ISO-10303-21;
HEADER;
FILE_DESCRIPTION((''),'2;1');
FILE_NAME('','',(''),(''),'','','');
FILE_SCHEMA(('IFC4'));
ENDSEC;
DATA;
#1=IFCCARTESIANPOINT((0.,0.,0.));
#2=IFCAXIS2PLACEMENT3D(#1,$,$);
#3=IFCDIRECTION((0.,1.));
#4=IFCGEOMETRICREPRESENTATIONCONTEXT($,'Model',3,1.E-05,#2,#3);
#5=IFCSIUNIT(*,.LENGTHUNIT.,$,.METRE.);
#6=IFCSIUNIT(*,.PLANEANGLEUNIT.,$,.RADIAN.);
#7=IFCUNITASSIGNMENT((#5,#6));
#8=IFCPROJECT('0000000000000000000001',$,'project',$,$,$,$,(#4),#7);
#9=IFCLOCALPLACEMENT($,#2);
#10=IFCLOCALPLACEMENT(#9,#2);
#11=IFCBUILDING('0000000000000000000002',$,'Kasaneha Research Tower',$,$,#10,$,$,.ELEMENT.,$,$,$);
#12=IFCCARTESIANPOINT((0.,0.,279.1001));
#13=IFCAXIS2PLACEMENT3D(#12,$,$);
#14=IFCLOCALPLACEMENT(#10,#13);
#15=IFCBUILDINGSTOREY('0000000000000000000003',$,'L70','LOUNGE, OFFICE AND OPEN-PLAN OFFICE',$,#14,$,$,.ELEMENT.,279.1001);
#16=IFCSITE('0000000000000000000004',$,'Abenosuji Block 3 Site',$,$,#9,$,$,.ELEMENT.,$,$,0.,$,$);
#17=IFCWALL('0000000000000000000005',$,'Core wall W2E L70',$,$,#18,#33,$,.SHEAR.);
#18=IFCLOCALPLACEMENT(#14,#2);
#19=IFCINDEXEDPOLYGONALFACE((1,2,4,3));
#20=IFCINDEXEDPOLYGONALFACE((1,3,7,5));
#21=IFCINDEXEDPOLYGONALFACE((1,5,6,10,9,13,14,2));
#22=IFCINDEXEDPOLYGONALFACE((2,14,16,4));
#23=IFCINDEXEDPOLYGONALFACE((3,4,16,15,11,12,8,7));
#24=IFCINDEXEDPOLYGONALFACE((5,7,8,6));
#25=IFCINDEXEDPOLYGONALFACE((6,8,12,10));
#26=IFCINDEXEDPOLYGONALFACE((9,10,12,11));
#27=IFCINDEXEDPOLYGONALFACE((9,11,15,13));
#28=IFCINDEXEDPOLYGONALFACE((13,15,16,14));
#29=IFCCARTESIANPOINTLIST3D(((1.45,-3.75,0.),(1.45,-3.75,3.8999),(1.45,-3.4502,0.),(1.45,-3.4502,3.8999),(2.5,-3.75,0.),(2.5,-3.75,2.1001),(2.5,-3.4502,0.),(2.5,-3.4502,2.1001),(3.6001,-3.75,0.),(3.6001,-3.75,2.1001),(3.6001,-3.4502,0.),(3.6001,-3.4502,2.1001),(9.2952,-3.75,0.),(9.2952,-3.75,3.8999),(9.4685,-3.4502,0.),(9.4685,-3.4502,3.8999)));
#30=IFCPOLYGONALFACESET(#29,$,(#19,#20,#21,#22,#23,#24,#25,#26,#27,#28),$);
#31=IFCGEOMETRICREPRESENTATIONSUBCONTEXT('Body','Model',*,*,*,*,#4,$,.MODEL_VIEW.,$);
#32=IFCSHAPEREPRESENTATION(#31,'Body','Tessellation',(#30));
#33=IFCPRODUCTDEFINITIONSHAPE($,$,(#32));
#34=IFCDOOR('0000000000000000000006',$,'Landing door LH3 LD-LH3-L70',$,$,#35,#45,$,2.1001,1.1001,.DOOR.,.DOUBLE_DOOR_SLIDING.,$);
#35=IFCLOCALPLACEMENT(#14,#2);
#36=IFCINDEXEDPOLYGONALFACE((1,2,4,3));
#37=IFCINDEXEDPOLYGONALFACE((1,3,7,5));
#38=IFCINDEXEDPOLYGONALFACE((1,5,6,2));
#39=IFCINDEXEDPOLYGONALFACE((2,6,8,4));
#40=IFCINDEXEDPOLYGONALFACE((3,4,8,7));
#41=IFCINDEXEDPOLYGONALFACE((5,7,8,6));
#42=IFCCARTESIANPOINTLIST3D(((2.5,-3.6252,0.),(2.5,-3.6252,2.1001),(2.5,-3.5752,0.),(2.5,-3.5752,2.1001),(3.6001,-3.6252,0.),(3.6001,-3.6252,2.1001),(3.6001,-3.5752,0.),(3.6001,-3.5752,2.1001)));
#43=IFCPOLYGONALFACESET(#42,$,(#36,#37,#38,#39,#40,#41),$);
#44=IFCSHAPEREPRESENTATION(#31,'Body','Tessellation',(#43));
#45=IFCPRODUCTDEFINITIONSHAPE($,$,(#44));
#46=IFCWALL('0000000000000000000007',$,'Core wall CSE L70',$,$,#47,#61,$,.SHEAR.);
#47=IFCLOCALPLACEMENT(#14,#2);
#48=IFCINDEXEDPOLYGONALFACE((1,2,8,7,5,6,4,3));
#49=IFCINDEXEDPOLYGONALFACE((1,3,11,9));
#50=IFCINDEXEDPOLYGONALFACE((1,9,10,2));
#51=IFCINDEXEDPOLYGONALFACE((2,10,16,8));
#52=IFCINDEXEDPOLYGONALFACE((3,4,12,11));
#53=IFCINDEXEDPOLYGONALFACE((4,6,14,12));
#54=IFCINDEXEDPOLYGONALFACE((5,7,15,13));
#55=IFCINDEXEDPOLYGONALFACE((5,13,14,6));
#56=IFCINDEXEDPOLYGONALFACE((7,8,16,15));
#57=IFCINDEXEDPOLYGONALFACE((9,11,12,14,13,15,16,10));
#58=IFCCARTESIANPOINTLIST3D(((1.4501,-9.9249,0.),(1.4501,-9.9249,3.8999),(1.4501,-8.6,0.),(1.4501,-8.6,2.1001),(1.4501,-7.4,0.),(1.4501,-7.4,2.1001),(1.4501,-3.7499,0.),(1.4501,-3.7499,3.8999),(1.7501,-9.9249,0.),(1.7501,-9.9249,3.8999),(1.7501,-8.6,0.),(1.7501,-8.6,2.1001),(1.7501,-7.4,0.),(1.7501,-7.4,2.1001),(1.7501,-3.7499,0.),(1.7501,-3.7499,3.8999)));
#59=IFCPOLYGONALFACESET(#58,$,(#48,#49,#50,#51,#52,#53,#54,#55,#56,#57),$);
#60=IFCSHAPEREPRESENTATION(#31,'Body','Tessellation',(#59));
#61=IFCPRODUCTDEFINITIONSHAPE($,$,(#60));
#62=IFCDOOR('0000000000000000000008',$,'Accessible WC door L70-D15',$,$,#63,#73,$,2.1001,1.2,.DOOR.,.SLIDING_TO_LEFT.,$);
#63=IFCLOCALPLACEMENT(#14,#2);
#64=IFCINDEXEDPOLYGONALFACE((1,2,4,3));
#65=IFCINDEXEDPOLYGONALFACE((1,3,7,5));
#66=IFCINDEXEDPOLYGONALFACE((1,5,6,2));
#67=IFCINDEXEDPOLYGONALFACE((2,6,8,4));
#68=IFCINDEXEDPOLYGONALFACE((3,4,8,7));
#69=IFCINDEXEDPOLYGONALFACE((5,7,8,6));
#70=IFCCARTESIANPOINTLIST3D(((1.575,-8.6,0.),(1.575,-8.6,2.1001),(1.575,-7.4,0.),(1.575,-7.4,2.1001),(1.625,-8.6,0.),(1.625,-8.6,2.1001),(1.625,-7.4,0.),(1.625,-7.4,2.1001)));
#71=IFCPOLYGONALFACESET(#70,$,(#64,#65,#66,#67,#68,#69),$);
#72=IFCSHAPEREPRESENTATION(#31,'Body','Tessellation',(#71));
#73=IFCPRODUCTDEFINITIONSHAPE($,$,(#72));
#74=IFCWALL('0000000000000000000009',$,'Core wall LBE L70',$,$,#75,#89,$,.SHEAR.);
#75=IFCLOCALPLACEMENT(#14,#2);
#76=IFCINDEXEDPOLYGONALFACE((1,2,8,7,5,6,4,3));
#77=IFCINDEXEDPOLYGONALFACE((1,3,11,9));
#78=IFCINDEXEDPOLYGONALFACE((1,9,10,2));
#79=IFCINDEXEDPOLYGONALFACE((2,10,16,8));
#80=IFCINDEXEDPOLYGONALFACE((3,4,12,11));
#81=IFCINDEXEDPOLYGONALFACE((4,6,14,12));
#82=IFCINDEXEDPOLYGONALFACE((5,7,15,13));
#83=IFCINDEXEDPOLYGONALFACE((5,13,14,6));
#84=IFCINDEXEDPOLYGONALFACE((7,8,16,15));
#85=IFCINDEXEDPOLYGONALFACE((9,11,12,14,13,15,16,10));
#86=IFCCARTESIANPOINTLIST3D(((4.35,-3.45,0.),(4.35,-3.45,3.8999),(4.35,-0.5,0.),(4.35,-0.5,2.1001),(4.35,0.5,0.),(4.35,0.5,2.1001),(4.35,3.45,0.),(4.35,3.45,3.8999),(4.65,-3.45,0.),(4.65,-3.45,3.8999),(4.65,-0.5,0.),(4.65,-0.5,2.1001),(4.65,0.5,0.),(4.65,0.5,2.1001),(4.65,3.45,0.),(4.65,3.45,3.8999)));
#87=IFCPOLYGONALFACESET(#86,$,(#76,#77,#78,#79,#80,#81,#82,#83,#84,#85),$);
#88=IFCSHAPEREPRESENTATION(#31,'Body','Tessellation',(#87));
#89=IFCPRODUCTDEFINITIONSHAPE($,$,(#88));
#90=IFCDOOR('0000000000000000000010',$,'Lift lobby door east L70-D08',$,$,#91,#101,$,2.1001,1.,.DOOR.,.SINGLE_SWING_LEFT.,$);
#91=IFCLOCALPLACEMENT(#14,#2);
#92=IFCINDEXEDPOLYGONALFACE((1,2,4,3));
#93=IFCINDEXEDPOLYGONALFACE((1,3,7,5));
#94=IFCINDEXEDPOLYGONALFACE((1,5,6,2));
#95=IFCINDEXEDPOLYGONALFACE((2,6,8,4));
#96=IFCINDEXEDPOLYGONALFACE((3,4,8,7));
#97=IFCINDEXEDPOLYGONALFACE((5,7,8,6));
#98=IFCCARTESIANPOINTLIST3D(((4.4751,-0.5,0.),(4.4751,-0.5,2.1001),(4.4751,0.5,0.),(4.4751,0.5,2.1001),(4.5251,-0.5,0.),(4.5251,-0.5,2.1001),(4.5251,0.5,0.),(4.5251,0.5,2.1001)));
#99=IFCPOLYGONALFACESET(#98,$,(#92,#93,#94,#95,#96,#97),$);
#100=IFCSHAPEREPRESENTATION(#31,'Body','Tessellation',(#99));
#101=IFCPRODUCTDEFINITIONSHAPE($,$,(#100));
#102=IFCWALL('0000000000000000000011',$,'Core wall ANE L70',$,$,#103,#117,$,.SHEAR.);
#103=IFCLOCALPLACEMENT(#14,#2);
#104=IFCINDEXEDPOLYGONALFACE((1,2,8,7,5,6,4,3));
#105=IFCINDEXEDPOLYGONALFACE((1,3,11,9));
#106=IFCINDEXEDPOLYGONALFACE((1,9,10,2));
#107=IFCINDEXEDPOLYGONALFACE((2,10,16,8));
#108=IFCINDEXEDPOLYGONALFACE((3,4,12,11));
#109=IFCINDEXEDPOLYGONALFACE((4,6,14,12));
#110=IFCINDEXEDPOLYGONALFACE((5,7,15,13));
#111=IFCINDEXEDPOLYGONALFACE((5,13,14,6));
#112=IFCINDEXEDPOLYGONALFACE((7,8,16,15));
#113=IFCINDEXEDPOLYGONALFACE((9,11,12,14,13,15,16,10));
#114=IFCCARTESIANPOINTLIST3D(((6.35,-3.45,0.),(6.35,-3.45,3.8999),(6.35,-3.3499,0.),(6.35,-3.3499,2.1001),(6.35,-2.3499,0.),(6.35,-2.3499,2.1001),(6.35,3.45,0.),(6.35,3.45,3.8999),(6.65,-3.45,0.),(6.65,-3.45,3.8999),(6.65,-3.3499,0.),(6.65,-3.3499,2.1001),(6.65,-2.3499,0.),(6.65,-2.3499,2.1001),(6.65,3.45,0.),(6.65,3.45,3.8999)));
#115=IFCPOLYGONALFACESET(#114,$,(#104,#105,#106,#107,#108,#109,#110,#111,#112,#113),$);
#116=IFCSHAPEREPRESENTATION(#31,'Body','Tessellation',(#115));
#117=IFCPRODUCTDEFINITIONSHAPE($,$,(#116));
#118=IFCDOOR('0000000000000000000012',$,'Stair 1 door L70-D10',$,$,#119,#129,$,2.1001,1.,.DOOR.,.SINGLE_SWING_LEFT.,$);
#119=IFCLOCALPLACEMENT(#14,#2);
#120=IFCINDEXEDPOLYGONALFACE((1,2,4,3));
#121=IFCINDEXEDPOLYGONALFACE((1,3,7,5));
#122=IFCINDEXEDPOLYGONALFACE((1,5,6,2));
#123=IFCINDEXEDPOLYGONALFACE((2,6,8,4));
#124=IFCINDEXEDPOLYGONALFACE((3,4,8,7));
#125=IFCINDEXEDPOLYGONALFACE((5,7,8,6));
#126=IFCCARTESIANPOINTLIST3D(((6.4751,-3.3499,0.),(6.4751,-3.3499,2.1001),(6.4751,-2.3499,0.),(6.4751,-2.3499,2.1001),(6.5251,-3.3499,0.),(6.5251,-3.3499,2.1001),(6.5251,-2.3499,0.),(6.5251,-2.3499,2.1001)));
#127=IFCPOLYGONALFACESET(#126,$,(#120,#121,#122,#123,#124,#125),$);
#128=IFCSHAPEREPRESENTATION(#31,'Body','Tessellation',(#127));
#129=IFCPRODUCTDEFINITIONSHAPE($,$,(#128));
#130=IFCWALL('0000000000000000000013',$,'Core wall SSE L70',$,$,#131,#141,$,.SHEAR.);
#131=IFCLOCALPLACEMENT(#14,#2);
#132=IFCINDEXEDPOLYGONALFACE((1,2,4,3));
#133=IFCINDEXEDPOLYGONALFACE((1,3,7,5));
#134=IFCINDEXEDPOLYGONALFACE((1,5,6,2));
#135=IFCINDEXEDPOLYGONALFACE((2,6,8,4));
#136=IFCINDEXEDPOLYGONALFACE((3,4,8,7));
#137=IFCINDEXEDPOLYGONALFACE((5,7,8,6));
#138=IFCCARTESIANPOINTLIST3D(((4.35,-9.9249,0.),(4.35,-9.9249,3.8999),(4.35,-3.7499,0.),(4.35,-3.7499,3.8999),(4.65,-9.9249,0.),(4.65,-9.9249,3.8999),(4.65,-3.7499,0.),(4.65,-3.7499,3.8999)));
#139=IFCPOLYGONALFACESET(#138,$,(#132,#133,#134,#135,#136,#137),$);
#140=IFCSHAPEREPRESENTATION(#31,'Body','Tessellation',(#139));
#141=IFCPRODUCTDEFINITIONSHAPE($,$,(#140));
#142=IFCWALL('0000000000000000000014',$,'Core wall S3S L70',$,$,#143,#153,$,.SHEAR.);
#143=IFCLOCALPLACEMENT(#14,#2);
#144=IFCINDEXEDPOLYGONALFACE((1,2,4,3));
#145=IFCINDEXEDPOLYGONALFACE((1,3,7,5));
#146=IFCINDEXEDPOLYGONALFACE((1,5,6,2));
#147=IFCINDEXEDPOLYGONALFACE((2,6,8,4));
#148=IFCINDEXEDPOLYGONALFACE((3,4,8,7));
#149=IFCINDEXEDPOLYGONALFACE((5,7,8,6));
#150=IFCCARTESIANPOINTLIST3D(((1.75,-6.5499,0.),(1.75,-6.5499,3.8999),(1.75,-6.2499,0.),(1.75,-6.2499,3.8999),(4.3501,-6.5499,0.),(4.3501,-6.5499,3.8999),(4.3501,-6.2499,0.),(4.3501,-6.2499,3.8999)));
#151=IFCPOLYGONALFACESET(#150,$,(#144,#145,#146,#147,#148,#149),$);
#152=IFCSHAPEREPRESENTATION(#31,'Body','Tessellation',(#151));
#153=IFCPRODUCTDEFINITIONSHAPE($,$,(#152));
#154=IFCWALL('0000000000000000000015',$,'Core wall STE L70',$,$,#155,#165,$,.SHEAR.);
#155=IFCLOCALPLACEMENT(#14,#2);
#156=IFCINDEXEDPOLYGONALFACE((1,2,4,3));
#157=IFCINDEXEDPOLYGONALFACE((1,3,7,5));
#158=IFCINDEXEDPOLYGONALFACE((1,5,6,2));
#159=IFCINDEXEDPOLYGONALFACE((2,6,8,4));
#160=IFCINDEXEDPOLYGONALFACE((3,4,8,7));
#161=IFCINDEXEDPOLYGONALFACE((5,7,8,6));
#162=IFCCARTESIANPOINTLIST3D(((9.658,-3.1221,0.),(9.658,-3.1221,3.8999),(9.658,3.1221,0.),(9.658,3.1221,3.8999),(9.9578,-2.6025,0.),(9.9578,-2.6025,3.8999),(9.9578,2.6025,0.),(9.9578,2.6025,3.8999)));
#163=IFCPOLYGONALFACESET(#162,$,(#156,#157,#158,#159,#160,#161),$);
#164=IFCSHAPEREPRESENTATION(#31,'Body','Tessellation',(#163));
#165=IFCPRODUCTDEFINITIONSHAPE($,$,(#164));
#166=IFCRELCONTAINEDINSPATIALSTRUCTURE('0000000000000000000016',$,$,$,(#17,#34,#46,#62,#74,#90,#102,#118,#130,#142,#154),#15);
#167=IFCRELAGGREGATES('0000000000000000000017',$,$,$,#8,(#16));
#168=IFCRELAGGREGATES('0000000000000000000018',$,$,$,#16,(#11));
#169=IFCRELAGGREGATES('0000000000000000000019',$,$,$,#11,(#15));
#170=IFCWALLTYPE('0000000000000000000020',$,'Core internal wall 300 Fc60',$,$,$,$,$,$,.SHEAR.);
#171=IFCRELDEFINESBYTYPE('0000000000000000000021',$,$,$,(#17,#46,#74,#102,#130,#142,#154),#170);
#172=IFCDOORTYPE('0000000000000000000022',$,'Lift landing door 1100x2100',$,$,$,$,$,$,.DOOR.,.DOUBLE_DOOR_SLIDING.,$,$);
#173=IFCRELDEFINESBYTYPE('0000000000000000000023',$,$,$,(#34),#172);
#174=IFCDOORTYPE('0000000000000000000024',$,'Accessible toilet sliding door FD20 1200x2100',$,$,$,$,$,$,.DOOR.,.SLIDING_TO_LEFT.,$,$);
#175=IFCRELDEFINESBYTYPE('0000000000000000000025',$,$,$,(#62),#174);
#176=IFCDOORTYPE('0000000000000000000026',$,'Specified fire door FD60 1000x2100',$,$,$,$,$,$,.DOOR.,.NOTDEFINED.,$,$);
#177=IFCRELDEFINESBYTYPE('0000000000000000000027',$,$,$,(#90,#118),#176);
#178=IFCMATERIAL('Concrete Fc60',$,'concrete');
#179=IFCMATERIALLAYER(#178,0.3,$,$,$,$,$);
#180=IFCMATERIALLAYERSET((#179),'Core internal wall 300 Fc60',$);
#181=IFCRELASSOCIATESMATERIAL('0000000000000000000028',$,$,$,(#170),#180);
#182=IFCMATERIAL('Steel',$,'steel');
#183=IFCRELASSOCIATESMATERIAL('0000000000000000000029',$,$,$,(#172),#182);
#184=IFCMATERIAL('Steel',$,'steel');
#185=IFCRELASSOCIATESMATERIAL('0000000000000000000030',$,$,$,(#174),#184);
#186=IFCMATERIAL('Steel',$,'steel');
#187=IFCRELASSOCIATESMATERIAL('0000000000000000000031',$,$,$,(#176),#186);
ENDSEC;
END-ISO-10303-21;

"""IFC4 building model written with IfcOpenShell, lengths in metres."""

from ifc_helpers import new_model, si_unit, direction, frame, frame_2d, origin, place, context, subcontext, project, spatial, polyline, rectangle, outline, extrude, material, layer, layer_set, type_object, element, fill, save


model = new_model("IFC4")

# Units and contexts
model_context = context("Model", 3, precision=1e-05, world=origin(), true_north=direction((0.0, 1.0)))
body_context = subcontext(model_context, "Body", "Model", "MODEL_VIEW")
ifc_project = project(units=[si_unit("LENGTHUNIT", "METRE"), si_unit("PLANEANGLEUNIT", "RADIAN")], contexts=[model_context])

# Site, building, storey
site_placement = place(None, origin())
site = spatial("IfcSite", under=ifc_project, at=site_placement, Name="Abenosuji Block 3 Site", CompositionType="ELEMENT", RefElevation=0.0)
building_placement = place(site_placement, origin())
building = spatial("IfcBuilding", under=site, at=building_placement, Name="Kasaneha Research Tower", CompositionType="ELEMENT")
storey_placement = place(building_placement, frame((0.0, 0.0, 279.1001)))
storey = spatial("IfcBuildingStorey", under=building, at=storey_placement, Name="L70", Description="LOUNGE, OFFICE AND OPEN-PLAN OFFICE", CompositionType="ELEMENT", Elevation=279.1001)

# Walls, openings, doors
ifc_material_1 = material(Name="Concrete Fc60", Category="concrete")
ifc_layer_1 = layer(ifc_material_1, 0.3)
ifc_layer_set_1 = layer_set([ifc_layer_1], Name="Core internal wall 300 Fc60")
wall_type_1 = type_object("IfcWallType", Name="Core internal wall 300 Fc60", PredefinedType="SHEAR", material=ifc_layer_set_1)
wall_1_placement = place(storey_placement, frame((1.45, -3.6001, 0.0), z_axis=(0.0, 0.0, 1.0), x_axis=(1.0, 0.0, 0.0)))
wall_1 = element("IfcWall", 1, at=wall_1_placement, inside=storey, type_object=wall_type_1, Name="Core wall W2E L70", PredefinedType="SHEAR", context=body_context, shape_type="SweptSolid", body=[
    extrude(outline(polyline([(0.0, -0.1499), (1.05, -0.1499), (2.1501, -0.1499), (7.8452, -0.1499), (8.0186, 0.1499), (2.1501, 0.1499), (1.05, 0.1499), (0.0, 0.1499), (0.0, -0.1499)])), origin(), (0.0, 0.0, 1.0), 3.8999),
])
opening_1_placement = place(wall_1_placement, frame((1.05, 0.0, 0.0)))
opening_1 = element("IfcOpeningElement", 2, at=opening_1_placement, cuts=wall_1, PredefinedType="OPENING", context=body_context, shape_type="SweptSolid", body=[
    extrude(rectangle(XDim=1.1001, YDim=2.1001, at=frame_2d((0.55, 1.05))), frame((0.0, 0.1602, 0.0), z_axis=(0.0, -1.0, 0.0), x_axis=(1.0, 0.0, 0.0)), (0.0, 0.0, 1.0), 0.3201),
])
ifc_material_2 = material(Name="Steel", Category="steel")
door_type_1 = type_object("IfcDoorType", Name="Lift landing door 1100x2100", OperationType="DOUBLE_DOOR_SLIDING", PredefinedType="DOOR", material=ifc_material_2)
door_1_placement = place(opening_1_placement, origin())
door_1 = element("IfcDoor", 3, at=door_1_placement, inside=storey, type_object=door_type_1, Name="Landing door LH3 LD-LH3-L70", OperationType="DOUBLE_DOOR_SLIDING", OverallHeight=2.1001, OverallWidth=1.1001, PredefinedType="DOOR", context=body_context, shape_type="SweptSolid", body=[
    extrude(rectangle(XDim=1.1001, YDim=2.1001, at=frame_2d((0.55, 1.05))), frame((0.0, 0.0249, 0.0), z_axis=(0.0, -1.0, 0.0), x_axis=(1.0, 0.0, 0.0)), (0.0, 0.0, 1.0), 0.05),
])
fill(opening_1, door_1)
wall_2_placement = place(storey_placement, frame((1.6001, -3.75, 0.0), z_axis=(0.0, 0.0, 1.0), x_axis=(0.0, -1.0, 0.0)))
wall_2 = element("IfcWall", 4, at=wall_2_placement, inside=storey, type_object=wall_type_1, Name="Core wall CSE L70", PredefinedType="SHEAR", context=body_context, shape_type="SweptSolid", body=[
    extrude(rectangle(XDim=6.175, YDim=0.3, at=frame_2d((3.0874, 0.0))), origin(), (0.0, 0.0, 1.0), 3.8999),
])
opening_2_placement = place(wall_2_placement, frame((3.6499, 0.0, 0.0)))
opening_2 = element("IfcOpeningElement", 5, at=opening_2_placement, cuts=wall_2, PredefinedType="OPENING", context=body_context, shape_type="SweptSolid", body=[
    extrude(rectangle(XDim=1.2, YDim=2.1001, at=frame_2d((0.6001, 1.05))), frame((0.0, 0.1602, 0.0), z_axis=(0.0, -1.0, 0.0), x_axis=(1.0, 0.0, 0.0)), (0.0, 0.0, 1.0), 0.3201),
])
ifc_material_3 = material(Name="Steel", Category="steel")
door_type_2 = type_object("IfcDoorType", Name="Accessible toilet sliding door FD20 1200x2100", OperationType="SLIDING_TO_LEFT", PredefinedType="DOOR", material=ifc_material_3)
door_2_placement = place(opening_2_placement, origin())
door_2 = element("IfcDoor", 6, at=door_2_placement, inside=storey, type_object=door_type_2, Name="Accessible WC door L70-D15", OperationType="SLIDING_TO_LEFT", OverallHeight=2.1001, OverallWidth=1.2, PredefinedType="DOOR", context=body_context, shape_type="SweptSolid", body=[
    extrude(rectangle(XDim=1.2, YDim=2.1001, at=frame_2d((0.6001, 1.05))), frame((0.0, 0.0249, 0.0), z_axis=(0.0, -1.0, 0.0), x_axis=(1.0, 0.0, 0.0)), (0.0, 0.0, 1.0), 0.05),
])
fill(opening_2, door_2)
wall_3_placement = place(storey_placement, frame((4.5, -3.45, 0.0), z_axis=(0.0, 0.0, 1.0), x_axis=(0.0, 1.0, 0.0)))
wall_3 = element("IfcWall", 7, at=wall_3_placement, inside=storey, type_object=wall_type_1, Name="Core wall LBE L70", PredefinedType="SHEAR", context=body_context, shape_type="SweptSolid", body=[
    extrude(rectangle(XDim=6.8999, YDim=0.3, at=frame_2d((3.45, 0.0))), origin(), (0.0, 0.0, 1.0), 3.8999),
])
opening_3_placement = place(wall_3_placement, frame((2.95, 0.0, 0.0)))
opening_3 = element("IfcOpeningElement", 8, at=opening_3_placement, cuts=wall_3, PredefinedType="OPENING", context=body_context, shape_type="SweptSolid", body=[
    extrude(rectangle(XDim=1.0, YDim=2.1001, at=frame_2d((0.5, 1.05))), frame((0.0, 0.1602, 0.0), z_axis=(0.0, -1.0, 0.0), x_axis=(1.0, 0.0, 0.0)), (0.0, 0.0, 1.0), 0.3201),
])
ifc_material_4 = material(Name="Steel", Category="steel")
door_type_3 = type_object("IfcDoorType", Name="Specified fire door FD60 1000x2100", OperationType="NOTDEFINED", PredefinedType="DOOR", material=ifc_material_4)
door_3_placement = place(opening_3_placement, origin())
door_3 = element("IfcDoor", 9, at=door_3_placement, inside=storey, type_object=door_type_3, Name="Lift lobby door east L70-D08", OperationType="SINGLE_SWING_LEFT", OverallHeight=2.1001, OverallWidth=1.0, PredefinedType="DOOR", context=body_context, shape_type="SweptSolid", body=[
    extrude(rectangle(XDim=1.0, YDim=2.1001, at=frame_2d((0.5, 1.05))), frame((0.0, 0.0249, 0.0), z_axis=(0.0, -1.0, 0.0), x_axis=(1.0, 0.0, 0.0)), (0.0, 0.0, 1.0), 0.05),
])
fill(opening_3, door_3)
wall_4_placement = place(storey_placement, frame((6.5, -3.45, 0.0), z_axis=(0.0, 0.0, 1.0), x_axis=(0.0, 1.0, 0.0)))
wall_4 = element("IfcWall", 10, at=wall_4_placement, inside=storey, type_object=wall_type_1, Name="Core wall ANE L70", PredefinedType="SHEAR", context=body_context, shape_type="SweptSolid", body=[
    extrude(rectangle(XDim=6.8999, YDim=0.3, at=frame_2d((3.45, 0.0))), origin(), (0.0, 0.0, 1.0), 3.8999),
])
opening_4_placement = place(wall_4_placement, frame((0.1001, 0.0, 0.0)))
opening_4 = element("IfcOpeningElement", 11, at=opening_4_placement, cuts=wall_4, PredefinedType="OPENING", context=body_context, shape_type="SweptSolid", body=[
    extrude(rectangle(XDim=1.0, YDim=2.1001, at=frame_2d((0.5, 1.05))), frame((0.0, 0.1602, 0.0), z_axis=(0.0, -1.0, 0.0), x_axis=(1.0, 0.0, 0.0)), (0.0, 0.0, 1.0), 0.3201),
])
door_4_placement = place(opening_4_placement, origin())
door_4 = element("IfcDoor", 12, at=door_4_placement, inside=storey, type_object=door_type_3, Name="Stair 1 door L70-D10", OperationType="SINGLE_SWING_LEFT", OverallHeight=2.1001, OverallWidth=1.0, PredefinedType="DOOR", context=body_context, shape_type="SweptSolid", body=[
    extrude(rectangle(XDim=1.0, YDim=2.1001, at=frame_2d((0.5, 1.05))), frame((0.0, 0.0249, 0.0), z_axis=(0.0, -1.0, 0.0), x_axis=(1.0, 0.0, 0.0)), (0.0, 0.0, 1.0), 0.05),
])
fill(opening_4, door_4)

# Walls
wall_5_placement = place(storey_placement, frame((4.5, -3.75, 0.0), z_axis=(0.0, 0.0, 1.0), x_axis=(0.0, -1.0, 0.0)))
element("IfcWall", 13, at=wall_5_placement, inside=storey, type_object=wall_type_1, Name="Core wall SSE L70", PredefinedType="SHEAR", context=body_context, shape_type="SweptSolid", body=[
    extrude(rectangle(XDim=6.175, YDim=0.3, at=frame_2d((3.0874, 0.0))), origin(), (0.0, 0.0, 1.0), 3.8999),
])
wall_6_placement = place(storey_placement, frame((1.75, -6.3999, 0.0), z_axis=(0.0, 0.0, 1.0), x_axis=(1.0, 0.0, 0.0)))
element("IfcWall", 14, at=wall_6_placement, inside=storey, type_object=wall_type_1, Name="Core wall S3S L70", PredefinedType="SHEAR", context=body_context, shape_type="SweptSolid", body=[
    extrude(rectangle(XDim=2.6001, YDim=0.3, at=frame_2d((1.3, 0.0))), origin(), (0.0, 0.0, 1.0), 3.8999),
])
wall_7_placement = place(storey_placement, frame((9.8079, -2.8623, 0.0), z_axis=(0.0, 0.0, 1.0), x_axis=(0.0, 1.0, 0.0)))
element("IfcWall", 15, at=wall_7_placement, inside=storey, type_object=wall_type_1, Name="Core wall STE L70", PredefinedType="SHEAR", context=body_context, shape_type="SweptSolid", body=[
    extrude(outline(polyline([(0.2598, -0.1499), (5.4648, -0.1499), (5.9844, 0.1499), (-0.2598, 0.1499), (0.2598, -0.1499)])), origin(), (0.0, 0.0, 1.0), 3.8999),
])

save(model, "model.ifc")
